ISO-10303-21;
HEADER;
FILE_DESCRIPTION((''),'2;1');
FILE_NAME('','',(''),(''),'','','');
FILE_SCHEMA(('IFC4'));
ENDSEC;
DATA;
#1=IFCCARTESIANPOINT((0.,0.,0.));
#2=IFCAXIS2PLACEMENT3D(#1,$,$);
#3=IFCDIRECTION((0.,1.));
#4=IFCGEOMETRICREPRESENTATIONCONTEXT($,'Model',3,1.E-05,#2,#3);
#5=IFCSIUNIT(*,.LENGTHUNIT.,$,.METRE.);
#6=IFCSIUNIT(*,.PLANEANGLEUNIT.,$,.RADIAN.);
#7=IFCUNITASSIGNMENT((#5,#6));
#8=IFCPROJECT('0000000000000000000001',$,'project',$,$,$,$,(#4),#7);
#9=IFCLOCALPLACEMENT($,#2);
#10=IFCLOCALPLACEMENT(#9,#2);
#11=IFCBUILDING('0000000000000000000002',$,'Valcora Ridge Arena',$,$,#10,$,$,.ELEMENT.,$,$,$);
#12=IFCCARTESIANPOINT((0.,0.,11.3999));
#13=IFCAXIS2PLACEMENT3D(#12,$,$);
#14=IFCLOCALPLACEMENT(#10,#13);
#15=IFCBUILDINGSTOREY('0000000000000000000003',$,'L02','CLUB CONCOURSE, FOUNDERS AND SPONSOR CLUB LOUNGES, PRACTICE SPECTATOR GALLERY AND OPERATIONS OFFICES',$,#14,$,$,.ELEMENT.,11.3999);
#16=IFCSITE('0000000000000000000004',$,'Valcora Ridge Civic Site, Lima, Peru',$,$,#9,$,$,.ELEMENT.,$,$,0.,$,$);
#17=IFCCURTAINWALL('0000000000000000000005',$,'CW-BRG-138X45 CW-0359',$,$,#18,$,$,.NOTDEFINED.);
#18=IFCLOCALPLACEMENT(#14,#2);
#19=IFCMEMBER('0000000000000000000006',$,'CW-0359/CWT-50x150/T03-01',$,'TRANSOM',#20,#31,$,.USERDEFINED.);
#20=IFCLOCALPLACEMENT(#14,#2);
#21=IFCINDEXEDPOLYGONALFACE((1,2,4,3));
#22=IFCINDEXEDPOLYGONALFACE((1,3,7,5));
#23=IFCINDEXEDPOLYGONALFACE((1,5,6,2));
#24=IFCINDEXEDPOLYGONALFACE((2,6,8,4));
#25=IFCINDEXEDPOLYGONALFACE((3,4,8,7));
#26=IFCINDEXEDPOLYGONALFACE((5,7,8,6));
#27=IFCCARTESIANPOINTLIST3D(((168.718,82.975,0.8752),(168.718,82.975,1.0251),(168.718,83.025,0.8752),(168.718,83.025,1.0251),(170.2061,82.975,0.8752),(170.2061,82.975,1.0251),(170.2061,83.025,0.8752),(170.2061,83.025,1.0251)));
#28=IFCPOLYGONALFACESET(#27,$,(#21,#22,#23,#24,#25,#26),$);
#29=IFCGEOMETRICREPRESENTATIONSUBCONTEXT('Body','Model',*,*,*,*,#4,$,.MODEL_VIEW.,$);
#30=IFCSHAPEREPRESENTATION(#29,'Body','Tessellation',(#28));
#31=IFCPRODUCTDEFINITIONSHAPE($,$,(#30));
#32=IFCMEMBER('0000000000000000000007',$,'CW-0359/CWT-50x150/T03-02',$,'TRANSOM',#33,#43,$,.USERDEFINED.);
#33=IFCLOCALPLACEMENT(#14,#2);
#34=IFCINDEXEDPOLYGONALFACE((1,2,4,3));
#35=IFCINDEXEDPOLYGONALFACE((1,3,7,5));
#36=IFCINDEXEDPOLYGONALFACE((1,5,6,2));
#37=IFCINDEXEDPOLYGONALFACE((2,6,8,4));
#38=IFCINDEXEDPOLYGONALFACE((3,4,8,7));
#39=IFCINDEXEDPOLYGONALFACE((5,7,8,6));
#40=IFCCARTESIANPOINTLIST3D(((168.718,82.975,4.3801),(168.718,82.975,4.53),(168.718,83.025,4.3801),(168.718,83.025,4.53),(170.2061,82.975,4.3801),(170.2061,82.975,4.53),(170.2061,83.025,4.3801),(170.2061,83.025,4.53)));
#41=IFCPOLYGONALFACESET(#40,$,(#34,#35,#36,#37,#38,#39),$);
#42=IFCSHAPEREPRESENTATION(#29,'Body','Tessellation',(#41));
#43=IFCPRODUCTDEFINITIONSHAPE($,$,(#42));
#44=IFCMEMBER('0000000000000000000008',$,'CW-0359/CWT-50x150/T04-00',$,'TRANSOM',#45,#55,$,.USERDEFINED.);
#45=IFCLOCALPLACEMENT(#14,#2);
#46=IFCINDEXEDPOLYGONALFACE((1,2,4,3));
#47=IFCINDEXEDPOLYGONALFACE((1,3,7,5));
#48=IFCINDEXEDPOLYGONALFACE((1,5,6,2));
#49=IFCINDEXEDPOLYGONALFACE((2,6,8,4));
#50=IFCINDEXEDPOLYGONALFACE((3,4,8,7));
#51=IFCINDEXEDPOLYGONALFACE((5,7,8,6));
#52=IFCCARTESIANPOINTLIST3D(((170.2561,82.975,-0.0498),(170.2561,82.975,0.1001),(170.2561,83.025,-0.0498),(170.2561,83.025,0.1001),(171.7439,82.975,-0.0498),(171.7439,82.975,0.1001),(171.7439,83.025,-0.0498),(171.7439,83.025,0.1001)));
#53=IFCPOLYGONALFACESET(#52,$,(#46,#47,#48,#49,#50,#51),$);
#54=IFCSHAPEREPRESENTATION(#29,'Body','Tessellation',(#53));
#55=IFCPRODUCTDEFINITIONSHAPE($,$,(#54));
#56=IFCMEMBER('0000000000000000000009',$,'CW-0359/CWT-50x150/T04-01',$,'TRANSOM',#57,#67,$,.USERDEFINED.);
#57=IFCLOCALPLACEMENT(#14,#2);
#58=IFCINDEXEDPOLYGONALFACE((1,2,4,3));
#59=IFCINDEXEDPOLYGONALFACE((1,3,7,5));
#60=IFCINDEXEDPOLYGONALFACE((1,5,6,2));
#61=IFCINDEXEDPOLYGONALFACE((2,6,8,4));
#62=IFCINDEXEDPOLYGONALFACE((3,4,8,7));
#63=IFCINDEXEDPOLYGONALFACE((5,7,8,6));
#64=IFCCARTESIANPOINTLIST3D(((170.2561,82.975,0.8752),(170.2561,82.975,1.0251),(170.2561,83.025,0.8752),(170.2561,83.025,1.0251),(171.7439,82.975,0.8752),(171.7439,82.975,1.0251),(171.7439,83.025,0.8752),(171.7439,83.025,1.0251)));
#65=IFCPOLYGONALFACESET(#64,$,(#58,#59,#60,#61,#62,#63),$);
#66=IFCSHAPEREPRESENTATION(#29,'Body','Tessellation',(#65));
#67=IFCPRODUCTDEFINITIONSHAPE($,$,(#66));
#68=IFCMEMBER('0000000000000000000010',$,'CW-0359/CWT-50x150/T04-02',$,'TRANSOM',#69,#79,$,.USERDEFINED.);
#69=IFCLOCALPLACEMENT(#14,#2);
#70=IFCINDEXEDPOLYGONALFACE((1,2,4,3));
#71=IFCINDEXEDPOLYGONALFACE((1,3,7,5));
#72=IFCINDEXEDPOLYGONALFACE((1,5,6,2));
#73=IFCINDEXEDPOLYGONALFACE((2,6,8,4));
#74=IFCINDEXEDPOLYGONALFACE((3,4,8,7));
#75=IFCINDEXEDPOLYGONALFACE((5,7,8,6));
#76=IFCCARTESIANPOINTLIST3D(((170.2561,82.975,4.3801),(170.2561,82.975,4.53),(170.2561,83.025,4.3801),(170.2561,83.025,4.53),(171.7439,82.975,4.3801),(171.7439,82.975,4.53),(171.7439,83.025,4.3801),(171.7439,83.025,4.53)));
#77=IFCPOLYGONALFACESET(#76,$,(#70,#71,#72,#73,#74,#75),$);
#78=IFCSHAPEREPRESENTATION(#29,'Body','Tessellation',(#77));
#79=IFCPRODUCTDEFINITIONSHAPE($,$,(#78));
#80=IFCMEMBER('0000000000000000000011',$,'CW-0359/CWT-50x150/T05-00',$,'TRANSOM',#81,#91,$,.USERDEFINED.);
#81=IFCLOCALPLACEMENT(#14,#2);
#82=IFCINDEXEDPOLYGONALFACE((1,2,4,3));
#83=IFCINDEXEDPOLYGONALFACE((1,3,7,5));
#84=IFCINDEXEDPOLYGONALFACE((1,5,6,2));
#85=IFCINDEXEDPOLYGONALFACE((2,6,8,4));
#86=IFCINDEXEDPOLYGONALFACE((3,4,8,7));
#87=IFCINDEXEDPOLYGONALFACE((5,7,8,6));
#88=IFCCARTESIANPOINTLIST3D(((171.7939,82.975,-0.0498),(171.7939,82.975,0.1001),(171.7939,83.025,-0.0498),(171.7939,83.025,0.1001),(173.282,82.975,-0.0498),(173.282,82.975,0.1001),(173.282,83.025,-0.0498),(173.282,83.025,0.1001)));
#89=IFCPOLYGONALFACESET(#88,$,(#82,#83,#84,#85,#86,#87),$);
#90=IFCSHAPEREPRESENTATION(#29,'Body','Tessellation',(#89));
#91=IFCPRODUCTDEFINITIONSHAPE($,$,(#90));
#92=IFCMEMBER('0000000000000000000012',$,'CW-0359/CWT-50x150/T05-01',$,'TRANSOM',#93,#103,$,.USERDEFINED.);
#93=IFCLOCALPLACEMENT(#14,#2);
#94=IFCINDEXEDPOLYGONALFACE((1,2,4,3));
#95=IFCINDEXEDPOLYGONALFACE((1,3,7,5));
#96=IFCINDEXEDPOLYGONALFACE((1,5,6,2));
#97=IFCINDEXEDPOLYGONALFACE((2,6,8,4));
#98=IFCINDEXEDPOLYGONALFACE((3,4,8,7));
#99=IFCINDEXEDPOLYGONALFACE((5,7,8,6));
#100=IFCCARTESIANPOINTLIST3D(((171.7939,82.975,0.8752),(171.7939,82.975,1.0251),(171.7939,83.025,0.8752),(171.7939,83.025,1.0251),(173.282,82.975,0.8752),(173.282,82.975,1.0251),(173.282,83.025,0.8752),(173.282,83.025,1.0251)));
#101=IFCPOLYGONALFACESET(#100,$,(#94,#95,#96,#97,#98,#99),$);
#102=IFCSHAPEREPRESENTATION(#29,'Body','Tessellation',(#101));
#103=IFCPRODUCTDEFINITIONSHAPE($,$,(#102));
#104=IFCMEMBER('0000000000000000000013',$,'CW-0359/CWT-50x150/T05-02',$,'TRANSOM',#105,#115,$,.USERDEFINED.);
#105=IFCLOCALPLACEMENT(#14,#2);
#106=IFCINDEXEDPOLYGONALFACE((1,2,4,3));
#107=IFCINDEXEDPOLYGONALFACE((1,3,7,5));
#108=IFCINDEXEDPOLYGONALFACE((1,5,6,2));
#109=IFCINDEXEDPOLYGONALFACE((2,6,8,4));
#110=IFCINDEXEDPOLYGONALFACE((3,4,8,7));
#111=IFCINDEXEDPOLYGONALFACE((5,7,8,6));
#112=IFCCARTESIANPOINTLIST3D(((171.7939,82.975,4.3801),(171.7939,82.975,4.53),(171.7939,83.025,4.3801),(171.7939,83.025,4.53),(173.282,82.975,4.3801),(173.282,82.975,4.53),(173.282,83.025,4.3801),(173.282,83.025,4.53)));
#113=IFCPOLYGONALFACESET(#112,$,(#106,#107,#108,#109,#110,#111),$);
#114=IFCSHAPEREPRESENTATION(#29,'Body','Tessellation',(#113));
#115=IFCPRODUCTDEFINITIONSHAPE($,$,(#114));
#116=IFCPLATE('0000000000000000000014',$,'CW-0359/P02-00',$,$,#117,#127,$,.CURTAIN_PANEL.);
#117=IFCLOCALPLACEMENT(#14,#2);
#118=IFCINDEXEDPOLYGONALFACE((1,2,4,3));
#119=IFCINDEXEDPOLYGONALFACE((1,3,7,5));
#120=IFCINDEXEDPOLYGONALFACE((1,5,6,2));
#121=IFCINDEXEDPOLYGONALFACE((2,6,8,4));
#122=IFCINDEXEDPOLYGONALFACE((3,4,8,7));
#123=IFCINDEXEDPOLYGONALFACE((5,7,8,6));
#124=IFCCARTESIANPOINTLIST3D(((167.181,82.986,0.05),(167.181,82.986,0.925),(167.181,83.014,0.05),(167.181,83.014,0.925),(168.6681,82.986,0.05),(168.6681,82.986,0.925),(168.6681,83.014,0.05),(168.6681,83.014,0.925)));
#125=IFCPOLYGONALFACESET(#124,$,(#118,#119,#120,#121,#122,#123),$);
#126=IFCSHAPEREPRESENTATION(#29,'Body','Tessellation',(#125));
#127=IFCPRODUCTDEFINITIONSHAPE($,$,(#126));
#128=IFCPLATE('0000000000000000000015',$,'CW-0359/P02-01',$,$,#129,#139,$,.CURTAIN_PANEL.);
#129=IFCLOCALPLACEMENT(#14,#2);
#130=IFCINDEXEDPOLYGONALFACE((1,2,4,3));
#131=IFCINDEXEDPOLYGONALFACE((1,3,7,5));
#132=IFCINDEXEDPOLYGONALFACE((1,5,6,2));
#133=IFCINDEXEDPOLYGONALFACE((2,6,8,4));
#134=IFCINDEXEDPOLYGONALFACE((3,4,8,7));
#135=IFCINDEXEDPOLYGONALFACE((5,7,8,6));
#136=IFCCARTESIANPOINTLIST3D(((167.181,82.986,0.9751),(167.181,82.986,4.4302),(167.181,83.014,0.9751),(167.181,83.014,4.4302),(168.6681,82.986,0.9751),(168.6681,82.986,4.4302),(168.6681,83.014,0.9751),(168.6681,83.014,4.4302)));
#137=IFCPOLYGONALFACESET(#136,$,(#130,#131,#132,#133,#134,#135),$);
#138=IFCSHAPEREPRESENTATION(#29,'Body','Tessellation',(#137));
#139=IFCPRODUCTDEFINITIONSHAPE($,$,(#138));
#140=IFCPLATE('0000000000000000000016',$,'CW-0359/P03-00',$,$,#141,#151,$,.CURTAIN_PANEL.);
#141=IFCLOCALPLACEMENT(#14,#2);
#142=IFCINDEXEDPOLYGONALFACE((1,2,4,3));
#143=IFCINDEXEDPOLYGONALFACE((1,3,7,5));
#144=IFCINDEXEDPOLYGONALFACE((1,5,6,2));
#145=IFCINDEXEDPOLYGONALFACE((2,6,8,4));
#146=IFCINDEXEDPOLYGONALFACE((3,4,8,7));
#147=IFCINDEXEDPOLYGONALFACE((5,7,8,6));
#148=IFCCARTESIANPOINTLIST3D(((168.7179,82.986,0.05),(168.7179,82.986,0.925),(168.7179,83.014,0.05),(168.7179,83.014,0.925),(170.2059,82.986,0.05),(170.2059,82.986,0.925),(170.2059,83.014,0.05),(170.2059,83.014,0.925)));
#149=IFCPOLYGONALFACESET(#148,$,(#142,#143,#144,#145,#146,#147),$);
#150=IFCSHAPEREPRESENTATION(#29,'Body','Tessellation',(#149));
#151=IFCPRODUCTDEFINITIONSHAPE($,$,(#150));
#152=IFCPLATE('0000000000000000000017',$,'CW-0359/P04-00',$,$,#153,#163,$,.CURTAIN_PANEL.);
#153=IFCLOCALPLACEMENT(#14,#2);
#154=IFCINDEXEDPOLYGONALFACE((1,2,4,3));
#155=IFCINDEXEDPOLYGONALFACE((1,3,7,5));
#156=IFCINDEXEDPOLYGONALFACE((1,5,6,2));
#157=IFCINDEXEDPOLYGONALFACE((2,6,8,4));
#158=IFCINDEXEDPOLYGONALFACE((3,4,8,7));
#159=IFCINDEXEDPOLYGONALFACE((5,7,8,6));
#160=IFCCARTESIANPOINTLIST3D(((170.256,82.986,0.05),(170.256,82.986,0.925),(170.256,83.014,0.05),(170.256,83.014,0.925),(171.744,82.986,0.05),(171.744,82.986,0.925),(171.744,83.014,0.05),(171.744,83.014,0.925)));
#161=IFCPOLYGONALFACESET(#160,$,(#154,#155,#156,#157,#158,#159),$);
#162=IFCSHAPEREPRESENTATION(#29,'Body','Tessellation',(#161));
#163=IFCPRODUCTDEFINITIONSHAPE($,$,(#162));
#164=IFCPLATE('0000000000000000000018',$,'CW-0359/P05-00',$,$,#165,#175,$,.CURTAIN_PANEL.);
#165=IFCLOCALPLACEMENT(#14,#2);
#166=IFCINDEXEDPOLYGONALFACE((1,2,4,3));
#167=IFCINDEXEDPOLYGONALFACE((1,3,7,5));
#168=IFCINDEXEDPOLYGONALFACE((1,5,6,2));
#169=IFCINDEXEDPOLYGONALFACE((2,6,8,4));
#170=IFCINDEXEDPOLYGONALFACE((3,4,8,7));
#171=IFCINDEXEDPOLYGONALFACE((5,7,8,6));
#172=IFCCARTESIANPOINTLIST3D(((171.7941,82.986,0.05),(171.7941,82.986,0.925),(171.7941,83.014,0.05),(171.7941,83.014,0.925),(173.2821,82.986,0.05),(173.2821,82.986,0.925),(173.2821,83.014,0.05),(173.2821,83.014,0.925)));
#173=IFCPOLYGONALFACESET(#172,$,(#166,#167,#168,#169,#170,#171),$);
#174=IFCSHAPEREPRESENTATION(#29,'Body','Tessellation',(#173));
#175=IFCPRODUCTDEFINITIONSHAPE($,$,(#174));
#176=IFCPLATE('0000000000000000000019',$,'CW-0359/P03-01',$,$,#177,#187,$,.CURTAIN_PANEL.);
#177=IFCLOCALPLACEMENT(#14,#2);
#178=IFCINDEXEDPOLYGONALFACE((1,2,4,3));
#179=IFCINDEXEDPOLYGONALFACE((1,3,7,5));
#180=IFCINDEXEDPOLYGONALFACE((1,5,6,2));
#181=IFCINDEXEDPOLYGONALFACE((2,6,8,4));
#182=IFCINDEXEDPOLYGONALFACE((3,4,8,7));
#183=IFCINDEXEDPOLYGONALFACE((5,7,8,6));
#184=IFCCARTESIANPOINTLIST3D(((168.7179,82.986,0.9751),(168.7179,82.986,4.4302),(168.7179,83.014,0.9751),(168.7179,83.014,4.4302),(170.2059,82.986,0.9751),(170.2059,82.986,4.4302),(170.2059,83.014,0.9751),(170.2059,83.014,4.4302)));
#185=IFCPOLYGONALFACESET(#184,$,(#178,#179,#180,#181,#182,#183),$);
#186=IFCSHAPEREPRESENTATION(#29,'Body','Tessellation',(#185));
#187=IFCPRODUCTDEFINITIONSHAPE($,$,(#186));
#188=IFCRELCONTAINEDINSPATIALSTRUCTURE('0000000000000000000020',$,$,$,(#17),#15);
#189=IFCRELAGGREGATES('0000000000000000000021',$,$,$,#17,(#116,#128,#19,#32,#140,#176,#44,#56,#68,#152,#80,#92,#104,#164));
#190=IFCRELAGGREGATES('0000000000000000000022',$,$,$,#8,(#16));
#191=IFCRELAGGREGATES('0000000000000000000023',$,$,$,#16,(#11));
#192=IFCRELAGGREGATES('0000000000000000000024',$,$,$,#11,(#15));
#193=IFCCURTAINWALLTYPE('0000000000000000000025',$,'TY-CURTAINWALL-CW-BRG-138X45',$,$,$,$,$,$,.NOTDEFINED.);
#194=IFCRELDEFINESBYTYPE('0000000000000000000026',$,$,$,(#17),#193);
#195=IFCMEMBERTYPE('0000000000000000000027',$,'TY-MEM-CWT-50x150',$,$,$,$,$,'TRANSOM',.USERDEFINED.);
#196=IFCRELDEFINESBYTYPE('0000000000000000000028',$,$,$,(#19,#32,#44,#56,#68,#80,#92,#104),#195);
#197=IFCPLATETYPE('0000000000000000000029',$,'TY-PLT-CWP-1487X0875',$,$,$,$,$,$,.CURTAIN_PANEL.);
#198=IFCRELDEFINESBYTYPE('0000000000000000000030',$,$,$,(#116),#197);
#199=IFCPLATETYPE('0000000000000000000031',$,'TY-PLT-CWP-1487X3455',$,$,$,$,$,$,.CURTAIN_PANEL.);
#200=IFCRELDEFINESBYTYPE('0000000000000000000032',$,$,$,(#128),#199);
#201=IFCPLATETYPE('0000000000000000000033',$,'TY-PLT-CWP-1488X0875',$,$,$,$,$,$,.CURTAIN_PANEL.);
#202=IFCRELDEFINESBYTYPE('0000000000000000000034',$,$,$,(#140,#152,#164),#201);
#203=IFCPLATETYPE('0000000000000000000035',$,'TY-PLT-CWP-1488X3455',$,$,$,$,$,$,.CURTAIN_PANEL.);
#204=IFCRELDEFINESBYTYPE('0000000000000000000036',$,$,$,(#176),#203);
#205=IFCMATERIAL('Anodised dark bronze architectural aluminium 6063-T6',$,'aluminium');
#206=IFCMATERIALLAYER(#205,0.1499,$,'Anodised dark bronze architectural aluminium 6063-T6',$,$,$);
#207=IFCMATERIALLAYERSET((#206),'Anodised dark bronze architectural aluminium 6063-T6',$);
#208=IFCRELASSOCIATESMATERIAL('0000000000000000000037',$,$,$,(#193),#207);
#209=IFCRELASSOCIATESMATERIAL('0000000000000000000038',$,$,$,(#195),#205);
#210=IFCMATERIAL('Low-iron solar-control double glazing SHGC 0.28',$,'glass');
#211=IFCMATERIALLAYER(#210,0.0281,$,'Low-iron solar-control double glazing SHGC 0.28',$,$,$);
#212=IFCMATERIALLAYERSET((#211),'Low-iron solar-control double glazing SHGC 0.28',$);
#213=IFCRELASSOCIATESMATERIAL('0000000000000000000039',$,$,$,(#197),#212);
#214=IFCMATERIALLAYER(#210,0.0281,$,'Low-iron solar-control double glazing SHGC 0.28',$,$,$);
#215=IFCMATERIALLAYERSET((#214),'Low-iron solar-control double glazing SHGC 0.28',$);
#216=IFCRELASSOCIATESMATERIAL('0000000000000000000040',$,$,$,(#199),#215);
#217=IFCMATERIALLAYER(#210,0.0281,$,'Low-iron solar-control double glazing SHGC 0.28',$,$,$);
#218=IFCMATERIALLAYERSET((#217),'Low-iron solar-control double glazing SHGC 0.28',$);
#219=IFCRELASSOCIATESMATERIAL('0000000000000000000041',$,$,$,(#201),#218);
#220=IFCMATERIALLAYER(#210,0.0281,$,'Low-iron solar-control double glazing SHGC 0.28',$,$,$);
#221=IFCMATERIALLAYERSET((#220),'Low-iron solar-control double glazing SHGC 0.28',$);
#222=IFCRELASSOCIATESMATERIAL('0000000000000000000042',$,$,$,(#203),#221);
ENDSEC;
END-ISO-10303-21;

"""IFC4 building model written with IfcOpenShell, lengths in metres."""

from ifc_helpers import new_model, si_unit, direction, frame, origin, origin_2d, place, context, subcontext, project, spatial, rectangle, extrude, material, layer, layer_set, material_profile, profile_set, type_object, element, aggregate, save


model = new_model("IFC4")

# Units and contexts
model_context = context("Model", 3, precision=1e-05, world=origin(), true_north=direction((0.0, 1.0)))
body_context = subcontext(model_context, "Body", "Model", "MODEL_VIEW")
ifc_project = project(units=[si_unit("LENGTHUNIT", "METRE"), si_unit("PLANEANGLEUNIT", "RADIAN")], contexts=[model_context])

# Site, building, storey
site_placement = place(None, origin())
site = spatial("IfcSite", under=ifc_project, at=site_placement, Name="Valcora Ridge Civic Site, Lima, Peru", CompositionType="ELEMENT", RefElevation=0.0)
building_placement = place(site_placement, origin())
building = spatial("IfcBuilding", under=site, at=building_placement, Name="Valcora Ridge Arena", CompositionType="ELEMENT")
storey_placement = place(building_placement, frame((0.0, 0.0, 11.3999)))
storey = spatial("IfcBuildingStorey", under=building, at=storey_placement, Name="L02", Description="CLUB CONCOURSE, FOUNDERS AND SPONSOR CLUB LOUNGES, PRACTICE SPECTATOR GALLERY AND OPERATIONS OFFICES", CompositionType="ELEMENT", Elevation=11.3999)

# Curtain wall, members, plates
ifc_material_1 = material(Name="Anodised dark bronze architectural aluminium 6063-T6", Category="aluminium")
ifc_layer_1 = layer(ifc_material_1, 0.1499, Name="Anodised dark bronze architectural aluminium 6063-T6")
ifc_layer_set_1 = layer_set([ifc_layer_1], Name="Anodised dark bronze architectural aluminium 6063-T6")
curtain_wall_type = type_object("IfcCurtainWallType", Name="TY-CURTAINWALL-CW-BRG-138X45", PredefinedType="NOTDEFINED", material=ifc_layer_set_1)
curtain_wall_placement = place(storey_placement, origin())
curtain_wall = element("IfcCurtainWall", 1, at=curtain_wall_placement, inside=storey, type_object=curtain_wall_type, Name="CW-BRG-138X45 CW-0359", PredefinedType="NOTDEFINED")
ifc_material_profile_1 = material_profile(ifc_material_1, rectangle(XDim=0.05, YDim=0.1499, at=origin_2d()), Name="ALU TRANSOM 50x150")
ifc_profile_set_1 = profile_set([ifc_material_profile_1], Name="Anodised dark bronze architectural aluminium 6063-T6")
member_type_1 = type_object("IfcMemberType", Name="TY-MEM-CWT-50x150", ElementType="TRANSOM", PredefinedType="USERDEFINED", material=ifc_profile_set_1)
member_1_placement = place(storey_placement, frame((168.718, 83.0, 0.9502), z_axis=(1.0, 0.0, 0.0), x_axis=(0.0, 1.0, 0.0)))
member_1 = element("IfcMember", 2, at=member_1_placement, type_object=member_type_1, Name="CW-0359/CWT-50x150/T03-01", ObjectType="TRANSOM", PredefinedType="USERDEFINED", context=body_context, shape_type="SweptSolid", body=[
    extrude(rectangle(XDim=0.05, YDim=0.1499, at=origin_2d()), origin(), (0.0, 0.0, 1.0), 1.488),
])
member_2_placement = place(storey_placement, frame((168.718, 83.0, 4.4551), z_axis=(1.0, 0.0, 0.0), x_axis=(0.0, 1.0, 0.0)))
member_2 = element("IfcMember", 3, at=member_2_placement, type_object=member_type_1, Name="CW-0359/CWT-50x150/T03-02", ObjectType="TRANSOM", PredefinedType="USERDEFINED", context=body_context, shape_type="SweptSolid", body=[
    extrude(rectangle(XDim=0.05, YDim=0.1499, at=origin_2d()), origin(), (0.0, 0.0, 1.0), 1.488),
])
member_3_placement = place(storey_placement, frame((170.2561, 83.0, 0.0251), z_axis=(1.0, 0.0, 0.0), x_axis=(0.0, 1.0, 0.0)))
member_3 = element("IfcMember", 4, at=member_3_placement, type_object=member_type_1, Name="CW-0359/CWT-50x150/T04-00", ObjectType="TRANSOM", PredefinedType="USERDEFINED", context=body_context, shape_type="SweptSolid", body=[
    extrude(rectangle(XDim=0.05, YDim=0.1499, at=origin_2d()), origin(), (0.0, 0.0, 1.0), 1.4878),
])
member_4_placement = place(storey_placement, frame((170.2561, 83.0, 0.9502), z_axis=(1.0, 0.0, 0.0), x_axis=(0.0, 1.0, 0.0)))
member_4 = element("IfcMember", 5, at=member_4_placement, type_object=member_type_1, Name="CW-0359/CWT-50x150/T04-01", ObjectType="TRANSOM", PredefinedType="USERDEFINED", context=body_context, shape_type="SweptSolid", body=[
    extrude(rectangle(XDim=0.05, YDim=0.1499, at=origin_2d()), origin(), (0.0, 0.0, 1.0), 1.4878),
])
member_5_placement = place(storey_placement, frame((170.2561, 83.0, 4.4551), z_axis=(1.0, 0.0, 0.0), x_axis=(0.0, 1.0, 0.0)))
member_5 = element("IfcMember", 6, at=member_5_placement, type_object=member_type_1, Name="CW-0359/CWT-50x150/T04-02", ObjectType="TRANSOM", PredefinedType="USERDEFINED", context=body_context, shape_type="SweptSolid", body=[
    extrude(rectangle(XDim=0.05, YDim=0.1499, at=origin_2d()), origin(), (0.0, 0.0, 1.0), 1.4878),
])
member_6_placement = place(storey_placement, frame((171.7939, 83.0, 0.0251), z_axis=(1.0, 0.0, 0.0), x_axis=(0.0, 1.0, 0.0)))
member_6 = element("IfcMember", 7, at=member_6_placement, type_object=member_type_1, Name="CW-0359/CWT-50x150/T05-00", ObjectType="TRANSOM", PredefinedType="USERDEFINED", context=body_context, shape_type="SweptSolid", body=[
    extrude(rectangle(XDim=0.05, YDim=0.1499, at=origin_2d()), origin(), (0.0, 0.0, 1.0), 1.488),
])
member_7_placement = place(storey_placement, frame((171.7939, 83.0, 0.9502), z_axis=(1.0, 0.0, 0.0), x_axis=(0.0, 1.0, 0.0)))
member_7 = element("IfcMember", 8, at=member_7_placement, type_object=member_type_1, Name="CW-0359/CWT-50x150/T05-01", ObjectType="TRANSOM", PredefinedType="USERDEFINED", context=body_context, shape_type="SweptSolid", body=[
    extrude(rectangle(XDim=0.05, YDim=0.1499, at=origin_2d()), origin(), (0.0, 0.0, 1.0), 1.488),
])
member_8_placement = place(storey_placement, frame((171.7939, 83.0, 4.4551), z_axis=(1.0, 0.0, 0.0), x_axis=(0.0, 1.0, 0.0)))
member_8 = element("IfcMember", 9, at=member_8_placement, type_object=member_type_1, Name="CW-0359/CWT-50x150/T05-02", ObjectType="TRANSOM", PredefinedType="USERDEFINED", context=body_context, shape_type="SweptSolid", body=[
    extrude(rectangle(XDim=0.05, YDim=0.1499, at=origin_2d()), origin(), (0.0, 0.0, 1.0), 1.488),
])
ifc_material_2 = material(Name="Low-iron solar-control double glazing SHGC 0.28", Category="glass")
ifc_layer_2 = layer(ifc_material_2, 0.0281, Name="Low-iron solar-control double glazing SHGC 0.28")
ifc_layer_set_2 = layer_set([ifc_layer_2], Name="Low-iron solar-control double glazing SHGC 0.28")
plate_type_1 = type_object("IfcPlateType", Name="TY-PLT-CWP-1487X0875", PredefinedType="CURTAIN_PANEL", material=ifc_layer_set_2)
plate_1_placement = place(storey_placement, frame((167.9246, 83.0, 0.05), z_axis=(0.0, 0.0, 1.0), x_axis=(1.0, 0.0, 0.0)))
plate_1 = element("IfcPlate", 10, at=plate_1_placement, type_object=plate_type_1, Name="CW-0359/P02-00", PredefinedType="CURTAIN_PANEL", context=body_context, shape_type="SweptSolid", body=[
    extrude(rectangle(XDim=1.4871, YDim=0.0281, at=origin_2d()), origin(), (0.0, 0.0, 1.0), 0.875),
])
ifc_layer_3 = layer(ifc_material_2, 0.0281, Name="Low-iron solar-control double glazing SHGC 0.28")
ifc_layer_set_3 = layer_set([ifc_layer_3], Name="Low-iron solar-control double glazing SHGC 0.28")
plate_type_2 = type_object("IfcPlateType", Name="TY-PLT-CWP-1487X3455", PredefinedType="CURTAIN_PANEL", material=ifc_layer_set_3)
plate_2_placement = place(storey_placement, frame((167.9246, 83.0, 0.9751), z_axis=(0.0, 0.0, 1.0), x_axis=(1.0, 0.0, 0.0)))
plate_2 = element("IfcPlate", 11, at=plate_2_placement, type_object=plate_type_2, Name="CW-0359/P02-01", PredefinedType="CURTAIN_PANEL", context=body_context, shape_type="SweptSolid", body=[
    extrude(rectangle(XDim=1.4871, YDim=0.0281, at=origin_2d()), origin(), (0.0, 0.0, 1.0), 3.4551),
])
ifc_layer_4 = layer(ifc_material_2, 0.0281, Name="Low-iron solar-control double glazing SHGC 0.28")
ifc_layer_set_4 = layer_set([ifc_layer_4], Name="Low-iron solar-control double glazing SHGC 0.28")
plate_type_3 = type_object("IfcPlateType", Name="TY-PLT-CWP-1488X0875", PredefinedType="CURTAIN_PANEL", material=ifc_layer_set_4)
plate_3_placement = place(storey_placement, frame((169.4619, 83.0, 0.05), z_axis=(0.0, 0.0, 1.0), x_axis=(1.0, 0.0, 0.0)))
plate_3 = element("IfcPlate", 12, at=plate_3_placement, type_object=plate_type_3, Name="CW-0359/P03-00", PredefinedType="CURTAIN_PANEL", context=body_context, shape_type="SweptSolid", body=[
    extrude(rectangle(XDim=1.488, YDim=0.0281, at=origin_2d()), origin(), (0.0, 0.0, 1.0), 0.875),
])
plate_4_placement = place(storey_placement, frame((171.0, 83.0, 0.05), z_axis=(0.0, 0.0, 1.0), x_axis=(1.0, 0.0, 0.0)))
plate_4 = element("IfcPlate", 13, at=plate_4_placement, type_object=plate_type_3, Name="CW-0359/P04-00", PredefinedType="CURTAIN_PANEL", context=body_context, shape_type="SweptSolid", body=[
    extrude(rectangle(XDim=1.488, YDim=0.0281, at=origin_2d()), origin(), (0.0, 0.0, 1.0), 0.875),
])
plate_5_placement = place(storey_placement, frame((172.5381, 83.0, 0.05), z_axis=(0.0, 0.0, 1.0), x_axis=(1.0, 0.0, 0.0)))
plate_5 = element("IfcPlate", 14, at=plate_5_placement, type_object=plate_type_3, Name="CW-0359/P05-00", PredefinedType="CURTAIN_PANEL", context=body_context, shape_type="SweptSolid", body=[
    extrude(rectangle(XDim=1.488, YDim=0.0281, at=origin_2d()), origin(), (0.0, 0.0, 1.0), 0.875),
])
ifc_layer_5 = layer(ifc_material_2, 0.0281, Name="Low-iron solar-control double glazing SHGC 0.28")
ifc_layer_set_5 = layer_set([ifc_layer_5], Name="Low-iron solar-control double glazing SHGC 0.28")
plate_type_4 = type_object("IfcPlateType", Name="TY-PLT-CWP-1488X3455", PredefinedType="CURTAIN_PANEL", material=ifc_layer_set_5)
plate_6_placement = place(storey_placement, frame((169.4619, 83.0, 0.9751), z_axis=(0.0, 0.0, 1.0), x_axis=(1.0, 0.0, 0.0)))
plate_6 = element("IfcPlate", 15, at=plate_6_placement, type_object=plate_type_4, Name="CW-0359/P03-01", PredefinedType="CURTAIN_PANEL", context=body_context, shape_type="SweptSolid", body=[
    extrude(rectangle(XDim=1.488, YDim=0.0281, at=origin_2d()), origin(), (0.0, 0.0, 1.0), 3.4551),
])
aggregate(curtain_wall, [plate_1, plate_2, member_1, member_2, plate_3, plate_6, member_3, member_4, member_5, plate_4, member_6, member_7, member_8, plate_5])

save(model, "model.ifc")
